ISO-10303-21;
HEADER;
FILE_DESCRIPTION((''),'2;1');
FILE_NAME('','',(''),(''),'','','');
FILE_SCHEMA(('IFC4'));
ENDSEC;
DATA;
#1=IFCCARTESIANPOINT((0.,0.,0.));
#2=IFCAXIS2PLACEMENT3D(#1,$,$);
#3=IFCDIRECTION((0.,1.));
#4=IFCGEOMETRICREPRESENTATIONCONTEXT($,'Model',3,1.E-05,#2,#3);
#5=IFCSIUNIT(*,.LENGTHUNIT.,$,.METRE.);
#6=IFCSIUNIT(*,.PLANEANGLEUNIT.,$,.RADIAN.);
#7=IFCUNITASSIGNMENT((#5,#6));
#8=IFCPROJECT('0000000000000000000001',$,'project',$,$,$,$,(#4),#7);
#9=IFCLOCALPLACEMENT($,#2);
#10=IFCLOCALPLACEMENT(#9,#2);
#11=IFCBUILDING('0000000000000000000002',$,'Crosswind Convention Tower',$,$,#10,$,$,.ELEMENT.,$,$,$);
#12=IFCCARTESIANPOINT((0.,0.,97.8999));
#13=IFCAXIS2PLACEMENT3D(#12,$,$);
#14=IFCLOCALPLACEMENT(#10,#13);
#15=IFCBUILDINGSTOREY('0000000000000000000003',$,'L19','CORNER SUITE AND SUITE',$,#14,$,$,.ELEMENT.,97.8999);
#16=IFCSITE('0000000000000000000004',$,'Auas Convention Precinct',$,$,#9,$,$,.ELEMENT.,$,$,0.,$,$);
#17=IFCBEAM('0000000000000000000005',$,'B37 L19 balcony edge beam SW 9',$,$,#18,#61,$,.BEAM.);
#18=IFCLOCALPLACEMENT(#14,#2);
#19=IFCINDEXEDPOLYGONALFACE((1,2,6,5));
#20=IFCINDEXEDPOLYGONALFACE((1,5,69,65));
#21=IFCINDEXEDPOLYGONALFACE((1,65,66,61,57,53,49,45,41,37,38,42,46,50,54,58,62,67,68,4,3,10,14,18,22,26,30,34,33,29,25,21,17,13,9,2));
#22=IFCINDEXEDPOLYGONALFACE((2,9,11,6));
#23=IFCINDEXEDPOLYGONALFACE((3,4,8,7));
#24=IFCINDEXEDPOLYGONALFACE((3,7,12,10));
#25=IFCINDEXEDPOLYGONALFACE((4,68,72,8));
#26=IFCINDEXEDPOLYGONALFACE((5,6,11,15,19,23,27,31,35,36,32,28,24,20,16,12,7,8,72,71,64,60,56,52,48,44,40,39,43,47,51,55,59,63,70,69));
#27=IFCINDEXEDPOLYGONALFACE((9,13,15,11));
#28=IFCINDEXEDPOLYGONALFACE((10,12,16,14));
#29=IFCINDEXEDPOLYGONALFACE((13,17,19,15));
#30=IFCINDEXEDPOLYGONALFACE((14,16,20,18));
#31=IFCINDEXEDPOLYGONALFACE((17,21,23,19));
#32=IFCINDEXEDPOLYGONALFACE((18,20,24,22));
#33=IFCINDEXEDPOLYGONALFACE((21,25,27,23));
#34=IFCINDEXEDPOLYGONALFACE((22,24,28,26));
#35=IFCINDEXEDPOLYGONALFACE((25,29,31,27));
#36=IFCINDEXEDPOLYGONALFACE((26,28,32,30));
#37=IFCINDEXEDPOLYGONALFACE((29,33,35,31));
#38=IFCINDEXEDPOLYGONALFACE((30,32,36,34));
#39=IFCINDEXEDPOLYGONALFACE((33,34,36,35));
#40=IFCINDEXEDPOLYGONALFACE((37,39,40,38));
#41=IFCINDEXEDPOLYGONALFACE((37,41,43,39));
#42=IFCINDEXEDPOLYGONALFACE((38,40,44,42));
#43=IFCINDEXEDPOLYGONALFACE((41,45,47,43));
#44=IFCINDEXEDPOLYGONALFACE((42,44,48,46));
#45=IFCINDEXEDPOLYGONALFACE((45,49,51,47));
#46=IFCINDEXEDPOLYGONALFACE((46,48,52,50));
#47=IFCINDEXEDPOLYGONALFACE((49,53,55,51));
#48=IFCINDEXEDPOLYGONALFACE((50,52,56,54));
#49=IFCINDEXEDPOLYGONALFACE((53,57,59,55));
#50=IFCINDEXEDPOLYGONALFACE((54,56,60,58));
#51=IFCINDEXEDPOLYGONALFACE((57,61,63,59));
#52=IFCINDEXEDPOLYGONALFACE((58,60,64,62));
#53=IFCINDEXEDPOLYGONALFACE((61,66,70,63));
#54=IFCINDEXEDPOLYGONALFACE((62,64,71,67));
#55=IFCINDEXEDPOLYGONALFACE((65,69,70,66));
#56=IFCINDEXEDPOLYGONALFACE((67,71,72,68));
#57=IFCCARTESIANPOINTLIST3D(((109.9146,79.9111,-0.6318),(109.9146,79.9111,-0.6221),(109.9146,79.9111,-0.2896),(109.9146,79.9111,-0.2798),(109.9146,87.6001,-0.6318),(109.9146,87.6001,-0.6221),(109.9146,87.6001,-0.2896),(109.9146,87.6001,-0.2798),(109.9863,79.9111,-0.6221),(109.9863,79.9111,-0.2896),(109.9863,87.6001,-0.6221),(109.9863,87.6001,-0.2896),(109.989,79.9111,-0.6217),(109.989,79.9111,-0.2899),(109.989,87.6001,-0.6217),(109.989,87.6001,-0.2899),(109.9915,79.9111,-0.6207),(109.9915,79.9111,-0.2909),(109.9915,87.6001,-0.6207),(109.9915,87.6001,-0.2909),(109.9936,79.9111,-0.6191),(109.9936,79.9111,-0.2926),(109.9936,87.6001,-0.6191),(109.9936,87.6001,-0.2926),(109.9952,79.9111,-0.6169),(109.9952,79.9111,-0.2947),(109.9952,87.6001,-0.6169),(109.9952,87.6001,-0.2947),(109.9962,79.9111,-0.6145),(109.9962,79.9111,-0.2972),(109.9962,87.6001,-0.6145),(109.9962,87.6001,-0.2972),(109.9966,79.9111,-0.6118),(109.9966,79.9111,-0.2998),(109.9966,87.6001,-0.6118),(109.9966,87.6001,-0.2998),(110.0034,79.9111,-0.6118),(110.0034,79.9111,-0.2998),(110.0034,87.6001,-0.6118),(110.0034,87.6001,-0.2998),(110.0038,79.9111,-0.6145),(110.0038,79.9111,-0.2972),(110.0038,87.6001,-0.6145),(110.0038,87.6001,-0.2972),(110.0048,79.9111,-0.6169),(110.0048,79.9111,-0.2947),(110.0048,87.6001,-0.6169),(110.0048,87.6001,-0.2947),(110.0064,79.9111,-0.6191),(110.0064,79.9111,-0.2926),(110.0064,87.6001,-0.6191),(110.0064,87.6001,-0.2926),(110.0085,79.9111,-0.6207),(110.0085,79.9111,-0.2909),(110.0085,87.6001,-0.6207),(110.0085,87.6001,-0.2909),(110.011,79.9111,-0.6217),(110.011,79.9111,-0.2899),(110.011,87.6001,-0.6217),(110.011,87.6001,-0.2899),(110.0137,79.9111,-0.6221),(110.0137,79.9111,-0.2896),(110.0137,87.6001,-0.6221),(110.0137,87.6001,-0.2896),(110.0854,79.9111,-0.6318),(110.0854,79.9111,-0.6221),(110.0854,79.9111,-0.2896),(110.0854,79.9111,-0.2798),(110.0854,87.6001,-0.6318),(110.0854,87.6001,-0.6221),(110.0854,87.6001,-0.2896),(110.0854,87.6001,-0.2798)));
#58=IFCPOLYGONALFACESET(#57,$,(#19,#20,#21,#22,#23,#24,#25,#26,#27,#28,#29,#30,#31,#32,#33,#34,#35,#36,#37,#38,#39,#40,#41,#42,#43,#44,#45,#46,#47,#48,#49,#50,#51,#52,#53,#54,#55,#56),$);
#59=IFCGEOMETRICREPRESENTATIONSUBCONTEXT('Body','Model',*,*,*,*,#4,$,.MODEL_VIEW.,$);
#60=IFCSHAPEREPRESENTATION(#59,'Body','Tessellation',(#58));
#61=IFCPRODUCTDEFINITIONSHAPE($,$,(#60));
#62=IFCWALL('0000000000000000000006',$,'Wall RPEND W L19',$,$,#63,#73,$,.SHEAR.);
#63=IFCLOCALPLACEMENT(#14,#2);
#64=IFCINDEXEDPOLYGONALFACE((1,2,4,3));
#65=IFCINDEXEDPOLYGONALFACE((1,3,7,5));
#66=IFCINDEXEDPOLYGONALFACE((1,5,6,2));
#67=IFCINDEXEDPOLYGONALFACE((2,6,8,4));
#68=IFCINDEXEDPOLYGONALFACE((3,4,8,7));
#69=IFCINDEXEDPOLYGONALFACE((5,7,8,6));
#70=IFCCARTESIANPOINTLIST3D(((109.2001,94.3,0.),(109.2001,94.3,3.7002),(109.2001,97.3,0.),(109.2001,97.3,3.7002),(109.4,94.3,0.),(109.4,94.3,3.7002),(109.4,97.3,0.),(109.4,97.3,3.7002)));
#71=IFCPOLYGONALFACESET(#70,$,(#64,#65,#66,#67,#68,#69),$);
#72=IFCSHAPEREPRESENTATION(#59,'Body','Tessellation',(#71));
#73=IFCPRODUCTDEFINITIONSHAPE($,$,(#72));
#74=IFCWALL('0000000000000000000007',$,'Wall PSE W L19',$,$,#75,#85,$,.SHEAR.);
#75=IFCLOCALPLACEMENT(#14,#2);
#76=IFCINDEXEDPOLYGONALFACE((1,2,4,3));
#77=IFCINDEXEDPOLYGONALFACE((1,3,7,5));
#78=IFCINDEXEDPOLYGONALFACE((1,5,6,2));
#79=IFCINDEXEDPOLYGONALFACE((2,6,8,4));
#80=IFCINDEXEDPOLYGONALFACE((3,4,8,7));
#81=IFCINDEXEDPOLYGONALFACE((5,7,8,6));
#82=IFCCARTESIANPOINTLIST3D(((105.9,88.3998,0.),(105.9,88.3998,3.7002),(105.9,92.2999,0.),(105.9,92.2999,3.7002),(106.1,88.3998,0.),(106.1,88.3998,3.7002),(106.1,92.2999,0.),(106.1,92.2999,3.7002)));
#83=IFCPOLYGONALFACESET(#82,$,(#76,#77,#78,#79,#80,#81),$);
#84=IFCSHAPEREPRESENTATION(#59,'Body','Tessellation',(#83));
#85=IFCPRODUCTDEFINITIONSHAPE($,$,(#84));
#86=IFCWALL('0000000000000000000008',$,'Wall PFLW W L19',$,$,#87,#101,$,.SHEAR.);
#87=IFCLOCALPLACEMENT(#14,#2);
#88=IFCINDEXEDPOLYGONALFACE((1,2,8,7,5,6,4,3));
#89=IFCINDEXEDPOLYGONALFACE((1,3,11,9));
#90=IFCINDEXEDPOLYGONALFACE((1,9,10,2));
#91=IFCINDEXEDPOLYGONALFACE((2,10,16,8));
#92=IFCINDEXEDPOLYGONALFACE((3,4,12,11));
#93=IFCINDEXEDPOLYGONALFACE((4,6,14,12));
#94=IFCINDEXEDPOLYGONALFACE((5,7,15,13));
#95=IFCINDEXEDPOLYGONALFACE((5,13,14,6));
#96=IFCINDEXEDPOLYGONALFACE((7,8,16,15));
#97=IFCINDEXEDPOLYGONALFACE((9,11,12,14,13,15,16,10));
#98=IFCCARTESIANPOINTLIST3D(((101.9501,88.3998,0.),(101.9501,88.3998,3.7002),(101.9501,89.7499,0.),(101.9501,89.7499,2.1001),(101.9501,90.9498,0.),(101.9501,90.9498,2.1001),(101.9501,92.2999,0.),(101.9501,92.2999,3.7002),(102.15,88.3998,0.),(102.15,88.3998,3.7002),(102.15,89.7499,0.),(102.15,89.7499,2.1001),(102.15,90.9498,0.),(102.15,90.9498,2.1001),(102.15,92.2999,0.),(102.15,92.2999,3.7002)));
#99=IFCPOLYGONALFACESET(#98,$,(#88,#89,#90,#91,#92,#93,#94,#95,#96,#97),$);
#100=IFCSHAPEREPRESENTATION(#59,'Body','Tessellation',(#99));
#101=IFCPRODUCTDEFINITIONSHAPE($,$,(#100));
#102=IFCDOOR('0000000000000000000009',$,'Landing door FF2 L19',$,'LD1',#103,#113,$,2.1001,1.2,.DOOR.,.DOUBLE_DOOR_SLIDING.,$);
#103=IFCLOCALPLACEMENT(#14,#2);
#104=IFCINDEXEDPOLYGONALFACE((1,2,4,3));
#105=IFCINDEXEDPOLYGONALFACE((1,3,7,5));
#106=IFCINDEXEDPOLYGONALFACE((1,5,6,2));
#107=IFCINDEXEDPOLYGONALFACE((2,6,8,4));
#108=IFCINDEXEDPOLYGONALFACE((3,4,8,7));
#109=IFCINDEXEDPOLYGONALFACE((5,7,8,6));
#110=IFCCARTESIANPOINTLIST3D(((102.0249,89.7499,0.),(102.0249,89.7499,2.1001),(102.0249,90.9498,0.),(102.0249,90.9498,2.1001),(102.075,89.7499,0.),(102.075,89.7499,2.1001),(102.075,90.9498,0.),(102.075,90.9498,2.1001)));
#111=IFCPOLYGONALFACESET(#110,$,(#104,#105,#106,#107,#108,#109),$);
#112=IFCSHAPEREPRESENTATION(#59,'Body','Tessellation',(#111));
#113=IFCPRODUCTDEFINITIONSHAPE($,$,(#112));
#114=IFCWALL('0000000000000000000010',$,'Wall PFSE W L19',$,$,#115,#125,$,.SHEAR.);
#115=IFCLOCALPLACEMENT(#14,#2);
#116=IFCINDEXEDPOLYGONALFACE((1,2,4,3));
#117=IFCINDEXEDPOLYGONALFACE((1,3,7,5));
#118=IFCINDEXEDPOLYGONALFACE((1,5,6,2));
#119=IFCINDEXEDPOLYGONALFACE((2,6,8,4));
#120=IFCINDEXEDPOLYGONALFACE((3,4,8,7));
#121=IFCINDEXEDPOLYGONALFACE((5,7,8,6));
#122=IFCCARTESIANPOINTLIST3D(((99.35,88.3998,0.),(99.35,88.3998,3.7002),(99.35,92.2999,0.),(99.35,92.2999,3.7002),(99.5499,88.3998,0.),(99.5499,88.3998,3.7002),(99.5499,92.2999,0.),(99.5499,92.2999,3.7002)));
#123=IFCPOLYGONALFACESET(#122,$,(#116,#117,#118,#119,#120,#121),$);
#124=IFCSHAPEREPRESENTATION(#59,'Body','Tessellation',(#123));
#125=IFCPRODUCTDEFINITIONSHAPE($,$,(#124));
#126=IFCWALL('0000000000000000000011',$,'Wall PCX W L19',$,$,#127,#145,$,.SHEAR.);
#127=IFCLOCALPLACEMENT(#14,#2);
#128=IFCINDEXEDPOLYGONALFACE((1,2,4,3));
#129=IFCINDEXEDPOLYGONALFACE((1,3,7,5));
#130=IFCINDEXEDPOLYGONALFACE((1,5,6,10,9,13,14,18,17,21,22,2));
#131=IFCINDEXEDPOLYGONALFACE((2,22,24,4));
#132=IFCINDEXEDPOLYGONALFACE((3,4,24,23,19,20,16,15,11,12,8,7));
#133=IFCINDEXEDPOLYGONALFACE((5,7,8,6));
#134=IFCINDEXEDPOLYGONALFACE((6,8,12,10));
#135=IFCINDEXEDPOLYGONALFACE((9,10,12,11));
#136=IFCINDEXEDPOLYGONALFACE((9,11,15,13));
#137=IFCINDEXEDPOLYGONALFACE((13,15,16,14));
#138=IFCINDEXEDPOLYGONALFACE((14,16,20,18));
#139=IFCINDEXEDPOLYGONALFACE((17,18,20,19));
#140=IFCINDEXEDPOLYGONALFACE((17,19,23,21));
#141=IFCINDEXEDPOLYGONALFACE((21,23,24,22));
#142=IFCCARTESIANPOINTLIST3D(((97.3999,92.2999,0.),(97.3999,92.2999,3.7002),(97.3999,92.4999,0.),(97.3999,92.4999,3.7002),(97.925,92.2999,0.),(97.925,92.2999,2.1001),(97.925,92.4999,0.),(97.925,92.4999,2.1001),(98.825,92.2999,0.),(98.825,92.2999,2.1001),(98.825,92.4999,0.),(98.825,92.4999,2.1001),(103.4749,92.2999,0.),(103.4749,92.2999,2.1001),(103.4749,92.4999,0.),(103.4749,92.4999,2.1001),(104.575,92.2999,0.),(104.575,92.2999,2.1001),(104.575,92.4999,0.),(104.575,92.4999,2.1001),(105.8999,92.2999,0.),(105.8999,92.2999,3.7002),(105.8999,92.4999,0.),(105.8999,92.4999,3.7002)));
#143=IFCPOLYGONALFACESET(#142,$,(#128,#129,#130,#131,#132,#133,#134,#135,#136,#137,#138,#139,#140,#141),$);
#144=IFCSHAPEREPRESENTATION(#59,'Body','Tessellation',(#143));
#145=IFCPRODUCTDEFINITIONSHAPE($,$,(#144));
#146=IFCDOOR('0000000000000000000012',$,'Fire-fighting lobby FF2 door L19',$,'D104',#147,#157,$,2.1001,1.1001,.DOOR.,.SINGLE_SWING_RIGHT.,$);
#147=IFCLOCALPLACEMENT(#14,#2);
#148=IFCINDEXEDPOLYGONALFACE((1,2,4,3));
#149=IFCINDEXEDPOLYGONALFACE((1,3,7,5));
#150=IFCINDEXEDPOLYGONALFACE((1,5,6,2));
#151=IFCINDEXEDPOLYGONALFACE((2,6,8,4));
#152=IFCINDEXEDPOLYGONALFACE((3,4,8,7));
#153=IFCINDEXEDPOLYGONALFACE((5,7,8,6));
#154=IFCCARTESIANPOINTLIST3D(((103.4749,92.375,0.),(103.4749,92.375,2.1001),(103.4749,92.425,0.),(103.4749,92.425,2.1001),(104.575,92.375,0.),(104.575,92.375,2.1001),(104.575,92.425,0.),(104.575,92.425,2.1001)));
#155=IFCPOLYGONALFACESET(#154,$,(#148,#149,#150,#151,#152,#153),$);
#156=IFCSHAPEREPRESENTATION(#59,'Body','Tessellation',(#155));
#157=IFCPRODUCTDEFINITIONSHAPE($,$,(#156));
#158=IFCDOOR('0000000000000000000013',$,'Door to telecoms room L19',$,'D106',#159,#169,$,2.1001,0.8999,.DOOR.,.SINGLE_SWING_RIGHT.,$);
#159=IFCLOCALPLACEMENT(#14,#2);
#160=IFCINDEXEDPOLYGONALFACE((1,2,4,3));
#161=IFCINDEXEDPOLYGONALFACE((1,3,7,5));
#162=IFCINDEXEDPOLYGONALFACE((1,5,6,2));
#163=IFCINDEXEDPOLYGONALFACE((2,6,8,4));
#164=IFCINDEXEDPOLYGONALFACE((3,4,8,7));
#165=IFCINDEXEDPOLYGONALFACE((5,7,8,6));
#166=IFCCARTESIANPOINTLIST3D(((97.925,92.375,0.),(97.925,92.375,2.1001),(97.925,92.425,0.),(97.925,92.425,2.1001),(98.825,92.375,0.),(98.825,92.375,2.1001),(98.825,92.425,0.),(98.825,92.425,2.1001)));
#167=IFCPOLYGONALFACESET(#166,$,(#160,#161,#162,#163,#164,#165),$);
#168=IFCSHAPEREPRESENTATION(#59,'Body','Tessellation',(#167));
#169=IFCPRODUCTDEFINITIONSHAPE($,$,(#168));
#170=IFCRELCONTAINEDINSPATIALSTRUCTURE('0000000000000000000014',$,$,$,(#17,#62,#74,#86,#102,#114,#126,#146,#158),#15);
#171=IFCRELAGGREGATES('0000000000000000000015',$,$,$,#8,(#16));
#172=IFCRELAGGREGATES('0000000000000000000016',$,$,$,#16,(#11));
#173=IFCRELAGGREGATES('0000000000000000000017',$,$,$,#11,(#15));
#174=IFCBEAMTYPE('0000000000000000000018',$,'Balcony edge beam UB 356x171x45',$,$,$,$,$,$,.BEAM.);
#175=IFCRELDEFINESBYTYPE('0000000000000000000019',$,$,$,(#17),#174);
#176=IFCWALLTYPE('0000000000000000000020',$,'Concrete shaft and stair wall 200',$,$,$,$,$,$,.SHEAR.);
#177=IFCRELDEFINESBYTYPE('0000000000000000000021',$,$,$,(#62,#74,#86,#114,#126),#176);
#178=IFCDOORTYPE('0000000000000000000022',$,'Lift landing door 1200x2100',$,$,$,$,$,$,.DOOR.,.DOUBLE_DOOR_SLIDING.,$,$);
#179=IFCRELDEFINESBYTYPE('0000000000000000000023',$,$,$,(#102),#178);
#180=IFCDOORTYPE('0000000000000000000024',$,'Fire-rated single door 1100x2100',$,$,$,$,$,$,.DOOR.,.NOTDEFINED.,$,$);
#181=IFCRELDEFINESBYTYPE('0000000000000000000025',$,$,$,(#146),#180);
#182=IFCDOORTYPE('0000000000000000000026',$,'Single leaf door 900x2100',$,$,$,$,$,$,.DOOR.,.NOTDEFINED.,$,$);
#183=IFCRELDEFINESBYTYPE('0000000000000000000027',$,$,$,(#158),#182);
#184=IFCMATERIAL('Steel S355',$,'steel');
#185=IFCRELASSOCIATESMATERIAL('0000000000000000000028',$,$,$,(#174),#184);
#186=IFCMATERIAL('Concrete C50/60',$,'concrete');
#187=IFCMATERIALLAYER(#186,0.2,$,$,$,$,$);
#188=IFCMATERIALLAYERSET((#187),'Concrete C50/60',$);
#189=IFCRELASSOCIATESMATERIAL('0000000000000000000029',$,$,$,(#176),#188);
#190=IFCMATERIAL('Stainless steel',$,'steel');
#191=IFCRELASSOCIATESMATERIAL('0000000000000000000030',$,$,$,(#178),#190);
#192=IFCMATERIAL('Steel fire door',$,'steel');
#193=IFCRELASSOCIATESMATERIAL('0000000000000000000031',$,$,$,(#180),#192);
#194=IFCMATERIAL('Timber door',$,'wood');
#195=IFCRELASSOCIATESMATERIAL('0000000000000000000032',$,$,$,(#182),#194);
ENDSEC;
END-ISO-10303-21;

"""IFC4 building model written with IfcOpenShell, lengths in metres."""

from ifc_helpers import new_model, si_unit, direction, frame, frame_2d, origin, origin_2d, place, context, subcontext, project, spatial, rectangle, i_section, extrude, material, layer, layer_set, material_profile, profile_set, type_object, element, fill, save


model = new_model("IFC4")

# Units and contexts
model_context = context("Model", 3, precision=1e-05, world=origin(), true_north=direction((0.0, 1.0)))
body_context = subcontext(model_context, "Body", "Model", "MODEL_VIEW")
ifc_project = project(units=[si_unit("LENGTHUNIT", "METRE"), si_unit("PLANEANGLEUNIT", "RADIAN")], contexts=[model_context])

# Site, building, storey
site_placement = place(None, origin())
site = spatial("IfcSite", under=ifc_project, at=site_placement, Name="Auas Convention Precinct", CompositionType="ELEMENT", RefElevation=0.0)
building_placement = place(site_placement, origin())
building = spatial("IfcBuilding", under=site, at=building_placement, Name="Crosswind Convention Tower", CompositionType="ELEMENT")
storey_placement = place(building_placement, frame((0.0, 0.0, 97.8999)))
storey = spatial("IfcBuildingStorey", under=building, at=storey_placement, Name="L19", Description="CORNER SUITE AND SUITE", CompositionType="ELEMENT", Elevation=97.8999)

# Beam
ifc_material_1 = material(Name="Steel S355", Category="steel")
ifc_material_profile = material_profile(ifc_material_1, i_section(OverallWidth=0.1709, OverallDepth=0.3521, WebThickness=0.0068, FlangeThickness=0.0098, FilletRadius=0.0103, at=origin_2d()), Name="UB 356x171x45")
ifc_profile_set = profile_set([ifc_material_profile], Name="Steel S355")
beam_type = type_object("IfcBeamType", Name="Balcony edge beam UB 356x171x45", PredefinedType="BEAM", material=ifc_profile_set)
beam_placement = place(storey_placement, frame((110.0, 87.6001, -0.4558), z_axis=(0.0, -1.0, 0.0), x_axis=(1.0, 0.0, 0.0)))
element("IfcBeam", 1, at=beam_placement, inside=storey, type_object=beam_type, Name="B37 L19 balcony edge beam SW 9", PredefinedType="BEAM", context=body_context, shape_type="SweptSolid", body=[
    extrude(i_section(OverallWidth=0.1709, OverallDepth=0.3521, WebThickness=0.0068, FlangeThickness=0.0098, FilletRadius=0.0103, at=origin_2d()), origin(), (0.0, 0.0, 1.0), 7.689),
])

# Walls
ifc_material_2 = material(Name="Concrete C50/60", Category="concrete")
ifc_layer_1 = layer(ifc_material_2, 0.2)
ifc_layer_set_1 = layer_set([ifc_layer_1], Name="Concrete C50/60")
wall_type_1 = type_object("IfcWallType", Name="Concrete shaft and stair wall 200", PredefinedType="SHEAR", material=ifc_layer_set_1)
wall_1_placement = place(storey_placement, frame((109.3, 97.3, 0.0), z_axis=(0.0, 0.0, 1.0), x_axis=(0.0, -1.0, 0.0)))
element("IfcWall", 2, at=wall_1_placement, inside=storey, type_object=wall_type_1, Name="Wall RPEND W L19", PredefinedType="SHEAR", context=body_context, shape_type="SweptSolid", body=[
    extrude(rectangle(XDim=3.0, YDim=0.2, at=frame_2d((1.5, 0.0))), origin(), (0.0, 0.0, 1.0), 3.7002),
])
wall_2_placement = place(storey_placement, frame((106.0, 92.3, 0.0), z_axis=(0.0, 0.0, 1.0), x_axis=(0.0, -1.0, 0.0)))
element("IfcWall", 3, at=wall_2_placement, inside=storey, type_object=wall_type_1, Name="Wall PSE W L19", PredefinedType="SHEAR", context=body_context, shape_type="SweptSolid", body=[
    extrude(rectangle(XDim=3.9001, YDim=0.2, at=frame_2d((1.9502, 0.0))), origin(), (0.0, 0.0, 1.0), 3.7002),
])

# Wall, opening, door
wall_3_placement = place(storey_placement, frame((102.05, 92.3, 0.0), z_axis=(0.0, 0.0, 1.0), x_axis=(0.0, -1.0, 0.0)))
wall_3 = element("IfcWall", 4, at=wall_3_placement, inside=storey, type_object=wall_type_1, Name="Wall PFLW W L19", PredefinedType="SHEAR", context=body_context, shape_type="SweptSolid", body=[
    extrude(rectangle(XDim=3.9001, YDim=0.2, at=frame_2d((1.9502, 0.0))), origin(), (0.0, 0.0, 1.0), 3.7002),
])
opening_1_placement = place(wall_3_placement, frame((1.3501, 0.0, 0.0)))
opening_1 = element("IfcOpeningElement", 5, at=opening_1_placement, cuts=wall_3, PredefinedType="OPENING", context=body_context, shape_type="SweptSolid", body=[
    extrude(rectangle(XDim=1.2, YDim=2.1001, at=frame_2d((0.6001, 1.05))), frame((0.0, 0.1099, 0.0), z_axis=(0.0, -1.0, 0.0), x_axis=(1.0, 0.0, 0.0)), (0.0, 0.0, 1.0), 0.22),
])
ifc_material_3 = material(Name="Stainless steel", Category="steel")
door_type_1 = type_object("IfcDoorType", Name="Lift landing door 1200x2100", OperationType="DOUBLE_DOOR_SLIDING", PredefinedType="DOOR", material=ifc_material_3)
door_1_placement = place(opening_1_placement, origin())
door_1 = element("IfcDoor", 6, at=door_1_placement, inside=storey, type_object=door_type_1, Name="Landing door FF2 L19", ObjectType="LD1", OperationType="DOUBLE_DOOR_SLIDING", OverallHeight=2.1001, OverallWidth=1.2, PredefinedType="DOOR", context=body_context, shape_type="SweptSolid", body=[
    extrude(rectangle(XDim=1.2, YDim=2.1001, at=frame_2d((0.6001, 1.05))), frame((0.0, 0.0249, 0.0), z_axis=(0.0, -1.0, 0.0), x_axis=(1.0, 0.0, 0.0)), (0.0, 0.0, 1.0), 0.05),
])
fill(opening_1, door_1)

# Wall
wall_4_placement = place(storey_placement, frame((99.45, 92.3, 0.0), z_axis=(0.0, 0.0, 1.0), x_axis=(0.0, -1.0, 0.0)))
element("IfcWall", 7, at=wall_4_placement, inside=storey, type_object=wall_type_1, Name="Wall PFSE W L19", PredefinedType="SHEAR", context=body_context, shape_type="SweptSolid", body=[
    extrude(rectangle(XDim=3.9001, YDim=0.2, at=frame_2d((1.9502, 0.0))), origin(), (0.0, 0.0, 1.0), 3.7002),
])

# Wall, openings, doors
wall_5_placement = place(storey_placement, frame((105.8999, 92.3999, 0.0), z_axis=(0.0, 0.0, 1.0), x_axis=(-1.0, 0.0, 0.0)))
wall_5 = element("IfcWall", 8, at=wall_5_placement, inside=storey, type_object=wall_type_1, Name="Wall PCX W L19", PredefinedType="SHEAR", context=body_context, shape_type="SweptSolid", body=[
    extrude(rectangle(XDim=8.5, YDim=0.2, at=frame_2d((4.25, 0.0))), origin(), (0.0, 0.0, 1.0), 3.7002),
])
opening_2_placement = place(wall_5_placement, frame((1.325, 0.0, 0.0)))
opening_2 = element("IfcOpeningElement", 9, at=opening_2_placement, cuts=wall_5, PredefinedType="OPENING", context=body_context, shape_type="SweptSolid", body=[
    extrude(rectangle(XDim=1.1001, YDim=2.1001, at=frame_2d((0.55, 1.05))), frame((0.0, 0.1099, 0.0), z_axis=(0.0, -1.0, 0.0), x_axis=(1.0, 0.0, 0.0)), (0.0, 0.0, 1.0), 0.22),
])
opening_3_placement = place(wall_5_placement, frame((7.075, 0.0, 0.0)))
opening_3 = element("IfcOpeningElement", 10, at=opening_3_placement, cuts=wall_5, PredefinedType="OPENING", context=body_context, shape_type="SweptSolid", body=[
    extrude(rectangle(XDim=0.8999, YDim=2.1001, at=frame_2d((0.45, 1.05))), frame((0.0, 0.1099, 0.0), z_axis=(0.0, -1.0, 0.0), x_axis=(1.0, 0.0, 0.0)), (0.0, 0.0, 1.0), 0.22),
])
ifc_material_4 = material(Name="Steel fire door", Category="steel")
door_type_2 = type_object("IfcDoorType", Name="Fire-rated single door 1100x2100", OperationType="NOTDEFINED", PredefinedType="DOOR", material=ifc_material_4)
door_2_placement = place(opening_2_placement, origin())
door_2 = element("IfcDoor", 11, at=door_2_placement, inside=storey, type_object=door_type_2, Name="Fire-fighting lobby FF2 door L19", ObjectType="D104", OperationType="SINGLE_SWING_RIGHT", OverallHeight=2.1001, OverallWidth=1.1001, PredefinedType="DOOR", context=body_context, shape_type="SweptSolid", body=[
    extrude(rectangle(XDim=1.1001, YDim=2.1001, at=frame_2d((0.55, 1.05))), frame((0.0, 0.0249, 0.0), z_axis=(0.0, -1.0, 0.0), x_axis=(1.0, 0.0, 0.0)), (0.0, 0.0, 1.0), 0.05),
])
fill(opening_2, door_2)
ifc_material_5 = material(Name="Timber door", Category="wood")
door_type_3 = type_object("IfcDoorType", Name="Single leaf door 900x2100", OperationType="NOTDEFINED", PredefinedType="DOOR", material=ifc_material_5)
door_3_placement = place(opening_3_placement, origin())
door_3 = element("IfcDoor", 12, at=door_3_placement, inside=storey, type_object=door_type_3, Name="Door to telecoms room L19", ObjectType="D106", OperationType="SINGLE_SWING_RIGHT", OverallHeight=2.1001, OverallWidth=0.8999, PredefinedType="DOOR", context=body_context, shape_type="SweptSolid", body=[
    extrude(rectangle(XDim=0.8999, YDim=2.1001, at=frame_2d((0.45, 1.05))), frame((0.0, 0.0249, 0.0), z_axis=(0.0, -1.0, 0.0), x_axis=(1.0, 0.0, 0.0)), (0.0, 0.0, 1.0), 0.05),
])
fill(opening_3, door_3)

save(model, "model.ifc")
